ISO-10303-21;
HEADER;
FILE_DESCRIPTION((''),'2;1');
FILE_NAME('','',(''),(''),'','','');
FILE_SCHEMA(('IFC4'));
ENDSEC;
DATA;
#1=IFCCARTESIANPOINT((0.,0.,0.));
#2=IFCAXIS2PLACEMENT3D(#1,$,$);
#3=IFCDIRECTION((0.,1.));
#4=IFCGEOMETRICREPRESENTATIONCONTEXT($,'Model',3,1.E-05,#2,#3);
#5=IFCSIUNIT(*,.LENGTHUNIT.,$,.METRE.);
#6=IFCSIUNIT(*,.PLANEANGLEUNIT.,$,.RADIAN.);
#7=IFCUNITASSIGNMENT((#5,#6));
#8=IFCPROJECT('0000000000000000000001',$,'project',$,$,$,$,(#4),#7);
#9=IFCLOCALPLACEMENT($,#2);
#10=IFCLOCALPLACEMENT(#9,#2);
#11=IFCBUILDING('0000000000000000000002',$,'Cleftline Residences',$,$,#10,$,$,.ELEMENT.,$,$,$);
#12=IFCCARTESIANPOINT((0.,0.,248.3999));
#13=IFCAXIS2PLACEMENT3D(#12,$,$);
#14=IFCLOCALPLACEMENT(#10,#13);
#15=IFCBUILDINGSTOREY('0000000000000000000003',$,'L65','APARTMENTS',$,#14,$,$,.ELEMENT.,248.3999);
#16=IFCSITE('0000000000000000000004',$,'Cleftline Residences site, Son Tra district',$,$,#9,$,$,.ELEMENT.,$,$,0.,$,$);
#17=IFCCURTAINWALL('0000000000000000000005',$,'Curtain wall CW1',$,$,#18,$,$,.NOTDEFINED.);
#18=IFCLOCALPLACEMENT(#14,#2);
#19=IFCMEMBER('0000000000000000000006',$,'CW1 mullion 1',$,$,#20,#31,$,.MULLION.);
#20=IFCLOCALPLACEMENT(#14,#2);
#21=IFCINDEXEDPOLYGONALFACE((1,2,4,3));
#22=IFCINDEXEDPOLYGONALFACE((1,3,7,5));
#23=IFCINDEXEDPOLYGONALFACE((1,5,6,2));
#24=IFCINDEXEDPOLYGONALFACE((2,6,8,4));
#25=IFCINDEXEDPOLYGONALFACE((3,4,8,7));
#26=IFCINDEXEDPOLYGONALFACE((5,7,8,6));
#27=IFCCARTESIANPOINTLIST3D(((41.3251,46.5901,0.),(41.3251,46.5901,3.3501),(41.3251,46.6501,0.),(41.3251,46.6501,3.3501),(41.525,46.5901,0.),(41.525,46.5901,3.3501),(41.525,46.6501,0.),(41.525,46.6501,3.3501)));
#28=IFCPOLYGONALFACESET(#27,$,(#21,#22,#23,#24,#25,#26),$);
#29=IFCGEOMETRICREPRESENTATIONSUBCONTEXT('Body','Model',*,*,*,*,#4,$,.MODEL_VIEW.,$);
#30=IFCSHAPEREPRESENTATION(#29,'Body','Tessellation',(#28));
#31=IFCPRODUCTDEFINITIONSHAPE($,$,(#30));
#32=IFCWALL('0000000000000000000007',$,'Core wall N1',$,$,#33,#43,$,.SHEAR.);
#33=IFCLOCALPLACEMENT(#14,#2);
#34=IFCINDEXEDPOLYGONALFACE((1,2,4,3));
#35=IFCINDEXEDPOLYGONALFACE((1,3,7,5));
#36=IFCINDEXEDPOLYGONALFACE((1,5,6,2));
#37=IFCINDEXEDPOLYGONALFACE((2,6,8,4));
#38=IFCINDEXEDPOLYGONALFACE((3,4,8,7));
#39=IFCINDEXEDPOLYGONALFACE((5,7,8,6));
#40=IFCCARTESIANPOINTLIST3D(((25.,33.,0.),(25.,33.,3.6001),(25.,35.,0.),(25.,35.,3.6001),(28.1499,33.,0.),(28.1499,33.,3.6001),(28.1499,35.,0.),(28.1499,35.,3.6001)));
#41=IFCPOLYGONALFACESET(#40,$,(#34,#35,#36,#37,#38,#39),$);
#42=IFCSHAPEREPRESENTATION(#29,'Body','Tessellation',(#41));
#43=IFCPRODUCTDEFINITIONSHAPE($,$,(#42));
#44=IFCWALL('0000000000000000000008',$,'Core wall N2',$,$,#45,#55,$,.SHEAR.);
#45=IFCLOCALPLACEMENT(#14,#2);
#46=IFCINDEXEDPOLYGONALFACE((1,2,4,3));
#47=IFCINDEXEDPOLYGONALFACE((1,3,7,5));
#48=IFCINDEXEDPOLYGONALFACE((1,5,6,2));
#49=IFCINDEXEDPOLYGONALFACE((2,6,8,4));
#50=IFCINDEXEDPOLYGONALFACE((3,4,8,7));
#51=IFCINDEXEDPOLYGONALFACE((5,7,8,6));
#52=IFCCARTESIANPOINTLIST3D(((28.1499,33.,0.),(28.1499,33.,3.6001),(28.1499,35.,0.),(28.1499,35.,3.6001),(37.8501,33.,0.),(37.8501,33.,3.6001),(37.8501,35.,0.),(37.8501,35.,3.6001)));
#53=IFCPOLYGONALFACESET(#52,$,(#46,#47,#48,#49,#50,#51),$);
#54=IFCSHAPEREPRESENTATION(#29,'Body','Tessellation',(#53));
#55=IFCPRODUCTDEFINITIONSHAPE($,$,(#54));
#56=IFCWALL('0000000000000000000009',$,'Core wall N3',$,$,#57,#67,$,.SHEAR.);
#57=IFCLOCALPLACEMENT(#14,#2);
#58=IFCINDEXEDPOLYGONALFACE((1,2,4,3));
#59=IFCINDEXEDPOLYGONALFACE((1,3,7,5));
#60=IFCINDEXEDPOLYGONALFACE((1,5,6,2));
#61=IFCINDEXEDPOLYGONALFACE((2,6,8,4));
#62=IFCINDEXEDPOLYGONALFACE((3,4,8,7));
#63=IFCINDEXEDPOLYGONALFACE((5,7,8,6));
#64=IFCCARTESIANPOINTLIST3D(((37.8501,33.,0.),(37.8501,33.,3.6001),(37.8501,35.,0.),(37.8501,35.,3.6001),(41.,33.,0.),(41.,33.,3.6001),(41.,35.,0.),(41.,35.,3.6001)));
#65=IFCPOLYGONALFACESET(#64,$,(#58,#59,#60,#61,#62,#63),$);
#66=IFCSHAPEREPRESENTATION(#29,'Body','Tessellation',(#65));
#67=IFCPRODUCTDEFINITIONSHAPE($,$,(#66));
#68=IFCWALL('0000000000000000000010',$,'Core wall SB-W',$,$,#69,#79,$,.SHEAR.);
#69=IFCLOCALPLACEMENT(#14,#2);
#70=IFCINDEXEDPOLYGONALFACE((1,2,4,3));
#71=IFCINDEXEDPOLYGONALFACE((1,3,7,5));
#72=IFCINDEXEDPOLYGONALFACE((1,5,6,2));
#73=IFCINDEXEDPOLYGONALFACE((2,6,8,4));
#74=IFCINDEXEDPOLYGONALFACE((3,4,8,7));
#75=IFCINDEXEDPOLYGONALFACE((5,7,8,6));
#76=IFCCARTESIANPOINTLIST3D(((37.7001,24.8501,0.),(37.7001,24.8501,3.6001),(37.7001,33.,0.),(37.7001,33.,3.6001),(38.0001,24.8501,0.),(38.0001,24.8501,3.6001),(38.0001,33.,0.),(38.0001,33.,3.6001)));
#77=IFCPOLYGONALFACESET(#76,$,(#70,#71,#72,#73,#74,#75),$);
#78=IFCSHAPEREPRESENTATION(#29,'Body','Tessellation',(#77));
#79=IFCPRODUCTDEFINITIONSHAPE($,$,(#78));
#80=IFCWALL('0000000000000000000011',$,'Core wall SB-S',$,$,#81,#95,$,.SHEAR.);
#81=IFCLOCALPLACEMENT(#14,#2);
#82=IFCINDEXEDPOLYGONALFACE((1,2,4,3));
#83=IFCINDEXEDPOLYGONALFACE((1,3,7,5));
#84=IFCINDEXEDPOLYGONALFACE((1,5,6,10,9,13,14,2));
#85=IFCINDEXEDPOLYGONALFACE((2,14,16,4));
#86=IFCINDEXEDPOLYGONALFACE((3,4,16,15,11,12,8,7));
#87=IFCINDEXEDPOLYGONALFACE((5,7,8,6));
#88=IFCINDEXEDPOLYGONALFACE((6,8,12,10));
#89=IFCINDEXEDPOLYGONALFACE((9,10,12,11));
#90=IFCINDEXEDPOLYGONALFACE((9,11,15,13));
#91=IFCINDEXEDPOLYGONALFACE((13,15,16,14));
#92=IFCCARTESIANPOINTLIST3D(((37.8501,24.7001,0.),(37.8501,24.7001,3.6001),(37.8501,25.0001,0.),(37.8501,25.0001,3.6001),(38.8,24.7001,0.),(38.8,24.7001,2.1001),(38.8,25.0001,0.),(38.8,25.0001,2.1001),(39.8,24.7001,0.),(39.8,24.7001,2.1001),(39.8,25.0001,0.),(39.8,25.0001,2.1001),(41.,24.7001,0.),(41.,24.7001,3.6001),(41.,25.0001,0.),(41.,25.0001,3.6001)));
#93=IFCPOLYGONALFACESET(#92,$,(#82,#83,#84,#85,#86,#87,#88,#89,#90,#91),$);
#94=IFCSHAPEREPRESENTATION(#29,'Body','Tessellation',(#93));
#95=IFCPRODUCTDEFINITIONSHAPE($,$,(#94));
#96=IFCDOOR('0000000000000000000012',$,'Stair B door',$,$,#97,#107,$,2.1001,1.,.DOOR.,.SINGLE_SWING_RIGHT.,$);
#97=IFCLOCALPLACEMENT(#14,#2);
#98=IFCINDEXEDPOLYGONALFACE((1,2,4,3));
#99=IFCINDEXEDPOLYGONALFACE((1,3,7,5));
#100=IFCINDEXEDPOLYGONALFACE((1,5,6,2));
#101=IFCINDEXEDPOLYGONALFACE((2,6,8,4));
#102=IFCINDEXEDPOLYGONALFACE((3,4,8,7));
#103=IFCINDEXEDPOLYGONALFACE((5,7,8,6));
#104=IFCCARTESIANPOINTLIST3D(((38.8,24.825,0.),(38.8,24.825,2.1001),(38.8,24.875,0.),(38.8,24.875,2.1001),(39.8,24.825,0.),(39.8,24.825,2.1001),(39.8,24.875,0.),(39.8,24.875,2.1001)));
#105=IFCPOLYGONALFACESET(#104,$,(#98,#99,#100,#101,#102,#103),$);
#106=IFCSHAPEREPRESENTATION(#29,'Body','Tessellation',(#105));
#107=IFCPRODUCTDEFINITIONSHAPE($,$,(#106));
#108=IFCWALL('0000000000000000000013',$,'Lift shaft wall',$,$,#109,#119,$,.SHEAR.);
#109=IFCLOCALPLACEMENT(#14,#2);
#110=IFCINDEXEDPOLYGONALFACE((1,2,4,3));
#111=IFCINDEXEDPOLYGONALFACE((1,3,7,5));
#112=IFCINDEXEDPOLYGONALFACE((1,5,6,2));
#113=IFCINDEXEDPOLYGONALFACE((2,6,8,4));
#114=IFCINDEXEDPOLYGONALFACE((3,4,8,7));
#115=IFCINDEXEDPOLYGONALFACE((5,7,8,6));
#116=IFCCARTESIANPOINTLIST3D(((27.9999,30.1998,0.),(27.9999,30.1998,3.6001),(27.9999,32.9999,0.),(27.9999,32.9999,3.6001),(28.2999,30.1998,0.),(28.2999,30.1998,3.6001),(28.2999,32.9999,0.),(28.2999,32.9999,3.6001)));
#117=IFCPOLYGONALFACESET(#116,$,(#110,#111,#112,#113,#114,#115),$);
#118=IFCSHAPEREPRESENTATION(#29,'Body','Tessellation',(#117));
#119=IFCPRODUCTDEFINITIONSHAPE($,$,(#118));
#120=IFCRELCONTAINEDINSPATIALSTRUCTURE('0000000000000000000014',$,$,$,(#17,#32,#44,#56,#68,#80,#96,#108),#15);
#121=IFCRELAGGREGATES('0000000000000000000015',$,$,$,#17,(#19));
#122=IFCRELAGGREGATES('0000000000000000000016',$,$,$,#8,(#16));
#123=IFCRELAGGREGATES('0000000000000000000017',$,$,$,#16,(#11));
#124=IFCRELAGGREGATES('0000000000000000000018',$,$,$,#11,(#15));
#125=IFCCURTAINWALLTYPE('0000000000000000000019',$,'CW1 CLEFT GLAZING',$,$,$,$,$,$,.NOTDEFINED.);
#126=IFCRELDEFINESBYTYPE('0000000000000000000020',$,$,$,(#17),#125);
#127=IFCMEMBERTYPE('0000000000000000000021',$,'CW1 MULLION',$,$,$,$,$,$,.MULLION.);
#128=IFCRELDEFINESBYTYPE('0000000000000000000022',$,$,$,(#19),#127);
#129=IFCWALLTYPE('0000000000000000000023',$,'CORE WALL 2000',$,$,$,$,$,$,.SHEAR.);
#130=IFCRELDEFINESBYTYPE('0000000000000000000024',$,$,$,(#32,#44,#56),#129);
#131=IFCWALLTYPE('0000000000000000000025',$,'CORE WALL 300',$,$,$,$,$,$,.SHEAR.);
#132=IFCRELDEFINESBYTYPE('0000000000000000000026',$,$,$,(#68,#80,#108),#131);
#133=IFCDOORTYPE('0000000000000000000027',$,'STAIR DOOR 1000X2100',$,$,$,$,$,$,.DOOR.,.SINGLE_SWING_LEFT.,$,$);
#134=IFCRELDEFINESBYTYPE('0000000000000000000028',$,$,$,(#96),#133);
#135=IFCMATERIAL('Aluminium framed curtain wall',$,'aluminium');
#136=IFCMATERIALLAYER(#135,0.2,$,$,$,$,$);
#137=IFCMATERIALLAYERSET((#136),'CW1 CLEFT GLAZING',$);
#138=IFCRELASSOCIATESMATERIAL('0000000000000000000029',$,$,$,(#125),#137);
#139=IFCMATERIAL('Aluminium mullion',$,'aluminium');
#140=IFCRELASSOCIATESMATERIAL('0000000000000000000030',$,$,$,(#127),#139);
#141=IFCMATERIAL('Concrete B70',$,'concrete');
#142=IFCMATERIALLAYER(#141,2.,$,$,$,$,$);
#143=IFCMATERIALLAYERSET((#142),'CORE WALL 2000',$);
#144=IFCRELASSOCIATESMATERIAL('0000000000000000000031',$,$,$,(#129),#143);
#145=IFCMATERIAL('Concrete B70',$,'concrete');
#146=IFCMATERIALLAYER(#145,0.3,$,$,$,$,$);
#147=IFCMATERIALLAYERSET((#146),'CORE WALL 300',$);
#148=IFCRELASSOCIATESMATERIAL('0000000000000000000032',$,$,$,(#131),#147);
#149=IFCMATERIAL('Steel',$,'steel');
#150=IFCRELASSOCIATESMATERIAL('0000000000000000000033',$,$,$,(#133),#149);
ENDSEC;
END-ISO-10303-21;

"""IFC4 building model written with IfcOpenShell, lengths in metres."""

from ifc_helpers import new_model, si_unit, direction, frame, frame_2d, origin, origin_2d, place, context, subcontext, project, spatial, rectangle, extrude, material, layer, layer_set, material_profile, profile_set, type_object, element, fill, aggregate, save


model = new_model("IFC4")

# Units and contexts
model_context = context("Model", 3, precision=1e-05, world=origin(), true_north=direction((0.0, 1.0)))
body_context = subcontext(model_context, "Body", "Model", "MODEL_VIEW")
ifc_project = project(units=[si_unit("LENGTHUNIT", "METRE"), si_unit("PLANEANGLEUNIT", "RADIAN")], contexts=[model_context])

# Site, building, storey
site_placement = place(None, origin())
site = spatial("IfcSite", under=ifc_project, at=site_placement, Name="Cleftline Residences site, Son Tra district", CompositionType="ELEMENT", RefElevation=0.0)
building_placement = place(site_placement, origin())
building = spatial("IfcBuilding", under=site, at=building_placement, Name="Cleftline Residences", CompositionType="ELEMENT")
storey_placement = place(building_placement, frame((0.0, 0.0, 248.3999)))
storey = spatial("IfcBuildingStorey", under=building, at=storey_placement, Name="L65", Description="APARTMENTS", CompositionType="ELEMENT", Elevation=248.3999)

# Curtain wall, member
ifc_material_1 = material(Name="Aluminium framed curtain wall", Category="aluminium")
ifc_layer_1 = layer(ifc_material_1, 0.2)
ifc_layer_set_1 = layer_set([ifc_layer_1], Name="CW1 CLEFT GLAZING")
curtain_wall_type = type_object("IfcCurtainWallType", Name="CW1 CLEFT GLAZING", PredefinedType="NOTDEFINED", material=ifc_layer_set_1)
curtain_wall_placement = place(storey_placement, origin())
curtain_wall = element("IfcCurtainWall", 1, at=curtain_wall_placement, inside=storey, type_object=curtain_wall_type, Name="Curtain wall CW1", PredefinedType="NOTDEFINED")
ifc_material_2 = material(Name="Aluminium mullion", Category="aluminium")
ifc_material_profile = material_profile(ifc_material_2, rectangle(XDim=0.2, YDim=0.0601, at=origin_2d()))
ifc_profile_set = profile_set([ifc_material_profile], Name="Aluminium mullion")
member_type = type_object("IfcMemberType", Name="CW1 MULLION", PredefinedType="MULLION", material=ifc_profile_set)
member_placement = place(storey_placement, frame((41.425, 46.6201, 0.0), z_axis=(0.0, 0.0, 1.0), x_axis=(1.0, 0.0, 0.0)))
member = element("IfcMember", 2, at=member_placement, type_object=member_type, Name="CW1 mullion 1", PredefinedType="MULLION", context=body_context, shape_type="SweptSolid", body=[
    extrude(rectangle(XDim=0.2, YDim=0.0601, at=origin_2d()), origin(), (0.0, 0.0, 1.0), 3.3501),
])
aggregate(curtain_wall, [member])

# Walls
ifc_material_3 = material(Name="Concrete B70", Category="concrete")
ifc_layer_2 = layer(ifc_material_3, 2.0)
ifc_layer_set_2 = layer_set([ifc_layer_2], Name="CORE WALL 2000")
wall_type_1 = type_object("IfcWallType", Name="CORE WALL 2000", PredefinedType="SHEAR", material=ifc_layer_set_2)
wall_1_placement = place(storey_placement, frame((25.0, 34.0, 0.0), z_axis=(0.0, 0.0, 1.0), x_axis=(1.0, 0.0, 0.0)))
element("IfcWall", 3, at=wall_1_placement, inside=storey, type_object=wall_type_1, Name="Core wall N1", PredefinedType="SHEAR", context=body_context, shape_type="SweptSolid", body=[
    extrude(rectangle(XDim=3.1499, YDim=2.0, at=frame_2d((1.575, 0.0))), origin(), (0.0, 0.0, 1.0), 3.6001),
])
wall_2_placement = place(storey_placement, frame((28.1499, 34.0, 0.0), z_axis=(0.0, 0.0, 1.0), x_axis=(1.0, 0.0, 0.0)))
element("IfcWall", 4, at=wall_2_placement, inside=storey, type_object=wall_type_1, Name="Core wall N2", PredefinedType="SHEAR", context=body_context, shape_type="SweptSolid", body=[
    extrude(rectangle(XDim=9.7002, YDim=2.0, at=frame_2d((4.8501, 0.0))), origin(), (0.0, 0.0, 1.0), 3.6001),
])
wall_3_placement = place(storey_placement, frame((37.8501, 34.0, 0.0), z_axis=(0.0, 0.0, 1.0), x_axis=(1.0, 0.0, 0.0)))
element("IfcWall", 5, at=wall_3_placement, inside=storey, type_object=wall_type_1, Name="Core wall N3", PredefinedType="SHEAR", context=body_context, shape_type="SweptSolid", body=[
    extrude(rectangle(XDim=3.1499, YDim=2.0, at=frame_2d((1.575, 0.0))), origin(), (0.0, 0.0, 1.0), 3.6001),
])
ifc_material_4 = material(Name="Concrete B70", Category="concrete")
ifc_layer_3 = layer(ifc_material_4, 0.3)
ifc_layer_set_3 = layer_set([ifc_layer_3], Name="CORE WALL 300")
wall_type_2 = type_object("IfcWallType", Name="CORE WALL 300", PredefinedType="SHEAR", material=ifc_layer_set_3)
wall_4_placement = place(storey_placement, frame((37.8501, 24.8501, 0.0), z_axis=(0.0, 0.0, 1.0), x_axis=(0.0, 1.0, 0.0)))
element("IfcWall", 6, at=wall_4_placement, inside=storey, type_object=wall_type_2, Name="Core wall SB-W", PredefinedType="SHEAR", context=body_context, shape_type="SweptSolid", body=[
    extrude(rectangle(XDim=8.1499, YDim=0.3, at=frame_2d((4.075, 0.0))), origin(), (0.0, 0.0, 1.0), 3.6001),
])

# Wall, opening, door
wall_5_placement = place(storey_placement, frame((37.8501, 24.8501, 0.0), z_axis=(0.0, 0.0, 1.0), x_axis=(1.0, 0.0, 0.0)))
wall_5 = element("IfcWall", 7, at=wall_5_placement, inside=storey, type_object=wall_type_2, Name="Core wall SB-S", PredefinedType="SHEAR", context=body_context, shape_type="SweptSolid", body=[
    extrude(rectangle(XDim=3.1499, YDim=0.3, at=frame_2d((1.575, 0.0))), origin(), (0.0, 0.0, 1.0), 3.6001),
])
opening_1_placement = place(wall_5_placement, frame((0.95, 0.0, 0.0)))
opening_1 = element("IfcOpeningElement", 8, at=opening_1_placement, cuts=wall_5, PredefinedType="OPENING", context=body_context, shape_type="SweptSolid", body=[
    extrude(rectangle(XDim=1.0, YDim=2.1001, at=frame_2d((0.5, 1.05))), frame((0.0, 0.1599, 0.0), z_axis=(0.0, -1.0, 0.0), x_axis=(1.0, 0.0, 0.0)), (0.0, 0.0, 1.0), 0.3201),
])
ifc_material_5 = material(Name="Steel", Category="steel")
door_type_1 = type_object("IfcDoorType", Name="STAIR DOOR 1000X2100", OperationType="SINGLE_SWING_LEFT", PredefinedType="DOOR", material=ifc_material_5)
door_1_placement = place(opening_1_placement, origin())
door_1 = element("IfcDoor", 9, at=door_1_placement, inside=storey, type_object=door_type_1, Name="Stair B door", OperationType="SINGLE_SWING_RIGHT", OverallHeight=2.1001, OverallWidth=1.0, PredefinedType="DOOR", context=body_context, shape_type="SweptSolid", body=[
    extrude(rectangle(XDim=1.0, YDim=2.1001, at=frame_2d((0.5, 1.05))), frame((0.0, 0.0249, 0.0), z_axis=(0.0, -1.0, 0.0), x_axis=(1.0, 0.0, 0.0)), (0.0, 0.0, 1.0), 0.05),
])
fill(opening_1, door_1)

# Wall
wall_6_placement = place(storey_placement, frame((28.1499, 30.2, 0.0), z_axis=(0.0, 0.0, 1.0), x_axis=(0.0, 1.0, 0.0)))
element("IfcWall", 10, at=wall_6_placement, inside=storey, type_object=wall_type_2, Name="Lift shaft wall", PredefinedType="SHEAR", context=body_context, shape_type="SweptSolid", body=[
    extrude(rectangle(XDim=2.8, YDim=0.3, at=frame_2d((1.3999, 0.0))), origin(), (0.0, 0.0, 1.0), 3.6001),
])

save(model, "model.ifc")
